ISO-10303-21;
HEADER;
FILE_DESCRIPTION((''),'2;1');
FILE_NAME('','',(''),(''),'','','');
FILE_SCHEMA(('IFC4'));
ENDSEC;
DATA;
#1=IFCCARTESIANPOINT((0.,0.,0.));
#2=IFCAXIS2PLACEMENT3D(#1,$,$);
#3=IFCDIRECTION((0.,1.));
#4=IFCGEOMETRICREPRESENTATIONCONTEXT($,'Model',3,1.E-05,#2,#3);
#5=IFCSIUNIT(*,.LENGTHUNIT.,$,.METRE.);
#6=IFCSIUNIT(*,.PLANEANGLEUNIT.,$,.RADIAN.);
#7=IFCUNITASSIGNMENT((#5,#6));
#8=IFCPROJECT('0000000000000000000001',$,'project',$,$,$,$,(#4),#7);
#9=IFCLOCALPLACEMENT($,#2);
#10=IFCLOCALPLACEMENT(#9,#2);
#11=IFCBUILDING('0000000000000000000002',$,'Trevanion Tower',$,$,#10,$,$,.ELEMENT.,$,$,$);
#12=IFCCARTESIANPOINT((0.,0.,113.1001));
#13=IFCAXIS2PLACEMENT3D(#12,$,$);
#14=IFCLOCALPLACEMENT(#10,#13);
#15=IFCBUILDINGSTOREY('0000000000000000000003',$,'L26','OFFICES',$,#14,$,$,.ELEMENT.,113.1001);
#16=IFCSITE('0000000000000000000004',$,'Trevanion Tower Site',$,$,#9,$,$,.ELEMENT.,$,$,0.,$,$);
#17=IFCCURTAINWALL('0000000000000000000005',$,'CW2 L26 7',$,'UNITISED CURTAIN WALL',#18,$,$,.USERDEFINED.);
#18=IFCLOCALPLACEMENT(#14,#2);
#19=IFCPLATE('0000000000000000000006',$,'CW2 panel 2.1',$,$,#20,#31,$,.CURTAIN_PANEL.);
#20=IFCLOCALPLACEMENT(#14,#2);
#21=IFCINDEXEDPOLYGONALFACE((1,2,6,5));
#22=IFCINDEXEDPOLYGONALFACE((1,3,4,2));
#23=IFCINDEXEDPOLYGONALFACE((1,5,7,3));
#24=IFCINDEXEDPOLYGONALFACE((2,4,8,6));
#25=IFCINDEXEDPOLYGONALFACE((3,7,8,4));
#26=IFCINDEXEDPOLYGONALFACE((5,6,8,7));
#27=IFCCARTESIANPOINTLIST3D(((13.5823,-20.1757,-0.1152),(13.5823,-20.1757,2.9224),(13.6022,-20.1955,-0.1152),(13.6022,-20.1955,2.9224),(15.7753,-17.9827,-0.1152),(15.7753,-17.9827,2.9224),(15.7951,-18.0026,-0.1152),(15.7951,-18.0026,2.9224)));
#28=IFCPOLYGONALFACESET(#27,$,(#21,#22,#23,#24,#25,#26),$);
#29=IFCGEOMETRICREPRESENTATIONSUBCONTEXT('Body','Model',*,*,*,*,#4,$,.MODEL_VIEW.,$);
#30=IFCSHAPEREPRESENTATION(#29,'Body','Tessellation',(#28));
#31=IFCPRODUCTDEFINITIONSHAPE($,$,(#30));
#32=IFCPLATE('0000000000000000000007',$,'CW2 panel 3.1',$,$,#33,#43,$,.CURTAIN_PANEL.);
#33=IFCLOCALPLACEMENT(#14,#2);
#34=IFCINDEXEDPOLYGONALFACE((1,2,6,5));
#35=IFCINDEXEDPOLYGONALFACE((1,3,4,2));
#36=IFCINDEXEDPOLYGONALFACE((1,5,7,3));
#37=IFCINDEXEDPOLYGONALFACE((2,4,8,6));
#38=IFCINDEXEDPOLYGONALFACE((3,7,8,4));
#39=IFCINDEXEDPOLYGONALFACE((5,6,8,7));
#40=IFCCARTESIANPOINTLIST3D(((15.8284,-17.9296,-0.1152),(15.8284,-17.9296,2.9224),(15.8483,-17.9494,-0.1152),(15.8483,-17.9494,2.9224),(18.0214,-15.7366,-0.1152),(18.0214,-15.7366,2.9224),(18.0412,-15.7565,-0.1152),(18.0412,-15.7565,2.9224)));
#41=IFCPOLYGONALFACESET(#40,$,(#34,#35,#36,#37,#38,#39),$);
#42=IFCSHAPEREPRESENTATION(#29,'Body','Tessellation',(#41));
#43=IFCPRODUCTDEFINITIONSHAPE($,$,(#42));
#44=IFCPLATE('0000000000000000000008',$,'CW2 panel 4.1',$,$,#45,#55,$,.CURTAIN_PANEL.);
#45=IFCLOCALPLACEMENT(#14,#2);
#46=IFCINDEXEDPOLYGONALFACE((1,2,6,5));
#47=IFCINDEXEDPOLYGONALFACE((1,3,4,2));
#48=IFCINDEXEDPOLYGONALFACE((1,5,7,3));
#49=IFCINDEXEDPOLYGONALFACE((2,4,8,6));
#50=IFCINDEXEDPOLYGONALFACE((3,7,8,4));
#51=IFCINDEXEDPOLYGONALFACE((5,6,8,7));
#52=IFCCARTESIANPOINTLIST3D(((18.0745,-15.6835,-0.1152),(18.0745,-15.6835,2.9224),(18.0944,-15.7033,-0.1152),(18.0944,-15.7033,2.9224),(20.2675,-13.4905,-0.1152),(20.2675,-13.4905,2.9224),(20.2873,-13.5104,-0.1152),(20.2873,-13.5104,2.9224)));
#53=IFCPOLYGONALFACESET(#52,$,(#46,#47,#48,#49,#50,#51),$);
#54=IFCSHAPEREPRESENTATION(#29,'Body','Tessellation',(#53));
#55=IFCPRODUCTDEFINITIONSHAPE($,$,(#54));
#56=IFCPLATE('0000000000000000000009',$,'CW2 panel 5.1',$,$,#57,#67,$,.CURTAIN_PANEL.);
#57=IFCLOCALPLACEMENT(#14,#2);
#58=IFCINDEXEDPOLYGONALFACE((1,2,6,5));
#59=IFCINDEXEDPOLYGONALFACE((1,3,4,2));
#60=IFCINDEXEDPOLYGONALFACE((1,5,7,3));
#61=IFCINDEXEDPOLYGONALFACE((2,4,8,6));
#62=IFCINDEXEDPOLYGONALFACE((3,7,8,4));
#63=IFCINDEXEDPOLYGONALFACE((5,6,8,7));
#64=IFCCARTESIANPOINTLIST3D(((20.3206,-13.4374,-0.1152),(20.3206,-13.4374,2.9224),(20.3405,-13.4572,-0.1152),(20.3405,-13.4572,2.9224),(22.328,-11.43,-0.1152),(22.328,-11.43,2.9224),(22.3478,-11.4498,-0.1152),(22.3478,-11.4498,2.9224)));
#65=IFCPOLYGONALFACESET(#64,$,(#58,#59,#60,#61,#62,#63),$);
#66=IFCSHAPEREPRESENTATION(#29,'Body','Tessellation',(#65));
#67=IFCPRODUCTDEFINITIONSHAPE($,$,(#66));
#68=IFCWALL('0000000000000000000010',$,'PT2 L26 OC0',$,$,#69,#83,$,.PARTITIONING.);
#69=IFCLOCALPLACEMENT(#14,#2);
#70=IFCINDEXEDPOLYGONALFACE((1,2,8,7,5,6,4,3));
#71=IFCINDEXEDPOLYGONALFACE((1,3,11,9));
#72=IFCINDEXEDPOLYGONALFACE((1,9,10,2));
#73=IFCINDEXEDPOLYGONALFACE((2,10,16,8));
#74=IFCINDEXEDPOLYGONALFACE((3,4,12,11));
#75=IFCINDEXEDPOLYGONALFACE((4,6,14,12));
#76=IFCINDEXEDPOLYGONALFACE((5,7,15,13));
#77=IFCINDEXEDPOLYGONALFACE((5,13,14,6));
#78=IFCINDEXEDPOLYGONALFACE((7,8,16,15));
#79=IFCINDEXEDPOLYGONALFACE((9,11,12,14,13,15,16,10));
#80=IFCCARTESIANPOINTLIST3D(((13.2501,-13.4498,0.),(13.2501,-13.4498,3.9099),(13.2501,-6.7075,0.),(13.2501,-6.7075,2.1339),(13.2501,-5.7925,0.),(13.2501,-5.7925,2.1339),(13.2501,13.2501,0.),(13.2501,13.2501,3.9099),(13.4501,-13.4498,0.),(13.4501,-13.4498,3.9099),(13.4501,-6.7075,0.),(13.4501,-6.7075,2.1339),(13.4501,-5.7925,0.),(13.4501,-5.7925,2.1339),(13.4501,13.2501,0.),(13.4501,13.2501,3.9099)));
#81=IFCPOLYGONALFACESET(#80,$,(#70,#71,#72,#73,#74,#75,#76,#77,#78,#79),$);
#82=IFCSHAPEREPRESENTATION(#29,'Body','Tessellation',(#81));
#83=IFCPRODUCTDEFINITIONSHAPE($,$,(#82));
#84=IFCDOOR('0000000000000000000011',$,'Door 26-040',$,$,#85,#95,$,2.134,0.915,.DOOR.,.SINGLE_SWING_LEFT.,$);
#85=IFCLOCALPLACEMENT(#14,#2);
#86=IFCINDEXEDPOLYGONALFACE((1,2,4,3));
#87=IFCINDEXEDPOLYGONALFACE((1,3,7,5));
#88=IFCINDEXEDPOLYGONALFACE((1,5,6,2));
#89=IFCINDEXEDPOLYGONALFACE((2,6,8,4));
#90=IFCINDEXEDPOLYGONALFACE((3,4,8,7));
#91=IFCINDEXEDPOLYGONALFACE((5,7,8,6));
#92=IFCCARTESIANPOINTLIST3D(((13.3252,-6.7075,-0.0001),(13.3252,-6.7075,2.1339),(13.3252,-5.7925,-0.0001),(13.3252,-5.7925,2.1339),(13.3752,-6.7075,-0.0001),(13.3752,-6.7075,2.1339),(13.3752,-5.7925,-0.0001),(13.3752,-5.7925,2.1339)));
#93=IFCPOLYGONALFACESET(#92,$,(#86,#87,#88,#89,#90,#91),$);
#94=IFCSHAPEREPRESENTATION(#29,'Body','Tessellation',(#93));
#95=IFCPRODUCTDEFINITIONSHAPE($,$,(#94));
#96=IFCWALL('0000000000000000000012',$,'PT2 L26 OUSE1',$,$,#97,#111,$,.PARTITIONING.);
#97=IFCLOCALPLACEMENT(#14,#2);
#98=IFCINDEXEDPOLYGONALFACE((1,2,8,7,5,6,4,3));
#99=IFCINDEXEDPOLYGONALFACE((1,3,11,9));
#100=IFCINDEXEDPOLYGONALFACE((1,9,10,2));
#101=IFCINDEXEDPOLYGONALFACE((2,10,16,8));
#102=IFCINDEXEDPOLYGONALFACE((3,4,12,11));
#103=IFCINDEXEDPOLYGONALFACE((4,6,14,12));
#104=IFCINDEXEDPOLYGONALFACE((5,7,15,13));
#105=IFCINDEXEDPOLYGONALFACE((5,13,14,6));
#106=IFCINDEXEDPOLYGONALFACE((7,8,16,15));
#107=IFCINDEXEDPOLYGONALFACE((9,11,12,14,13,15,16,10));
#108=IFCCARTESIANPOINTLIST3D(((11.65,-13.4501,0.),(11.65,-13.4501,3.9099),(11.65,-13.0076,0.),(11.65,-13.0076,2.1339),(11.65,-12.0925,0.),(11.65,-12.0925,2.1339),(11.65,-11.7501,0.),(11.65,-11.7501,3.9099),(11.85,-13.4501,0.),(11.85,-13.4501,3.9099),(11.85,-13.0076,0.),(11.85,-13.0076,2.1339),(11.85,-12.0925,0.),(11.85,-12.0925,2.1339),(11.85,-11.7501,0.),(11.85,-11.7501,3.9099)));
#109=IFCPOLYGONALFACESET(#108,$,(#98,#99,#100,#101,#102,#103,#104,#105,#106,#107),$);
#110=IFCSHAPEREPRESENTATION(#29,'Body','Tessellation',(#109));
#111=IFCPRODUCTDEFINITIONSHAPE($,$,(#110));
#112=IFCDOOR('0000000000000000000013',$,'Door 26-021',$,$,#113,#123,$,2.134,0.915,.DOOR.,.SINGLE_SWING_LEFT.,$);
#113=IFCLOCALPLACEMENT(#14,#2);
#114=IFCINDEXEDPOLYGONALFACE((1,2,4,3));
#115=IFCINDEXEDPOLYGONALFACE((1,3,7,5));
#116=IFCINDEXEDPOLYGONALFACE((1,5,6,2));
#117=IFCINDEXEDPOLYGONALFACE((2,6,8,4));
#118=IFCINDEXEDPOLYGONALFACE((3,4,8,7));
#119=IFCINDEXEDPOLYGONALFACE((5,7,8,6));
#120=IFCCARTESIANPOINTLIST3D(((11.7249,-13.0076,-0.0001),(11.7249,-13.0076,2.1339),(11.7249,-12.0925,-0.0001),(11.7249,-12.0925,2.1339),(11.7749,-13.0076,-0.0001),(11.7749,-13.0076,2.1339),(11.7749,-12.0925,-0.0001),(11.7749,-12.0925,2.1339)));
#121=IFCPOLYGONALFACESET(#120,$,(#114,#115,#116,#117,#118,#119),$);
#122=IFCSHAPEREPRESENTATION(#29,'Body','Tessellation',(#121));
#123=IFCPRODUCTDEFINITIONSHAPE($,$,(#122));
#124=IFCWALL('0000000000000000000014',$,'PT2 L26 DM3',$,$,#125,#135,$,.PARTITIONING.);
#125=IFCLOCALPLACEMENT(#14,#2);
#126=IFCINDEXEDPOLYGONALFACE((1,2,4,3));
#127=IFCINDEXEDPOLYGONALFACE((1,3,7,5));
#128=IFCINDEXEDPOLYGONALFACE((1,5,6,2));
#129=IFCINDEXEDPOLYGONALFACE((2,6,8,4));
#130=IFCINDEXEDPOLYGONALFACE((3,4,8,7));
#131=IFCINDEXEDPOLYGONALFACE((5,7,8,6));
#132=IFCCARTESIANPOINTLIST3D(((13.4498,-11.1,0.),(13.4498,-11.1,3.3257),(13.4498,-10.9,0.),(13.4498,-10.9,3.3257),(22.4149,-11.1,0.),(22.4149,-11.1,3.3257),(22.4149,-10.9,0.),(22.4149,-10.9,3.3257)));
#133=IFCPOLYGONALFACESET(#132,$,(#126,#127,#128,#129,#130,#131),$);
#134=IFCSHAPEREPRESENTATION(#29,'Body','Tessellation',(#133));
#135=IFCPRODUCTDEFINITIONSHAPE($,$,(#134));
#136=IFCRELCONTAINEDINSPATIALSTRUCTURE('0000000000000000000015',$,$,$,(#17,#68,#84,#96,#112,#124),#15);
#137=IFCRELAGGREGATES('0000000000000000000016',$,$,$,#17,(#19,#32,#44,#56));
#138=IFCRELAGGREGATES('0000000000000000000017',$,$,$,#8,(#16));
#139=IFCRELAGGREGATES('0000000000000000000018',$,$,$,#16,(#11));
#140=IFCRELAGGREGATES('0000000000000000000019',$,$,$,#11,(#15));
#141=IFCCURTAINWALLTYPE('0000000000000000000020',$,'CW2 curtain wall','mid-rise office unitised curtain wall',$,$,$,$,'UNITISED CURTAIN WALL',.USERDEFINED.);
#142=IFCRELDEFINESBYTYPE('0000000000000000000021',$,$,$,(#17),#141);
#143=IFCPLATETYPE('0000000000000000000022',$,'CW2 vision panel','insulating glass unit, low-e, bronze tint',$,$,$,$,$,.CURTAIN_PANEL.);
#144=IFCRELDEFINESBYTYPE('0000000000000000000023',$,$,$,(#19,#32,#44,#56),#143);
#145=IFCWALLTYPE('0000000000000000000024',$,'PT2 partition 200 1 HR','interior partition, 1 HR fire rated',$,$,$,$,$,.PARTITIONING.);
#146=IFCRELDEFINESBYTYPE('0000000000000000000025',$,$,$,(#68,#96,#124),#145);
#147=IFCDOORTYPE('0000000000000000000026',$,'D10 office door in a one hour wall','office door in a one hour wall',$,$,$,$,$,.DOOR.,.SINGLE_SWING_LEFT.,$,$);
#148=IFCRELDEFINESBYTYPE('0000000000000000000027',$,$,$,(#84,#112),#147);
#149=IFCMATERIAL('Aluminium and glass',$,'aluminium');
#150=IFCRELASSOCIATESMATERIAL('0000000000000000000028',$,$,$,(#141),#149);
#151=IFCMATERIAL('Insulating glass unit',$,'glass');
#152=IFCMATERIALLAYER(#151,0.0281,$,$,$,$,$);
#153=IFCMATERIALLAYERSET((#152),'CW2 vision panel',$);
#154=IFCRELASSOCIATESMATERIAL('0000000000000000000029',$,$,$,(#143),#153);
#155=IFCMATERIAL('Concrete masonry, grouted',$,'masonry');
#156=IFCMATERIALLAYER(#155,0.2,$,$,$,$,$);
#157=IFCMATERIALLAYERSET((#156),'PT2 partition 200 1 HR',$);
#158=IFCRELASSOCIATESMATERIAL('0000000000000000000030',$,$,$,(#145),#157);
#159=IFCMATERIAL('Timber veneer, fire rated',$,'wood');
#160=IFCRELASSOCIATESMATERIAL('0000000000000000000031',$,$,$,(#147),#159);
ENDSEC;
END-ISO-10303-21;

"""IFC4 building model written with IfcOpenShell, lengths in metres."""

from ifc_helpers import new_model, si_unit, direction, frame, frame_2d, origin, origin_2d, place, context, subcontext, project, spatial, rectangle, extrude, material, layer, layer_set, type_object, element, fill, aggregate, save


model = new_model("IFC4")

# Units and contexts
model_context = context("Model", 3, precision=1e-05, world=origin(), true_north=direction((0.0, 1.0)))
body_context = subcontext(model_context, "Body", "Model", "MODEL_VIEW")
ifc_project = project(units=[si_unit("LENGTHUNIT", "METRE"), si_unit("PLANEANGLEUNIT", "RADIAN")], contexts=[model_context])

# Site, building, storey
site_placement = place(None, origin())
site = spatial("IfcSite", under=ifc_project, at=site_placement, Name="Trevanion Tower Site", CompositionType="ELEMENT", RefElevation=0.0)
building_placement = place(site_placement, origin())
building = spatial("IfcBuilding", under=site, at=building_placement, Name="Trevanion Tower", CompositionType="ELEMENT")
storey_placement = place(building_placement, frame((0.0, 0.0, 113.1001)))
storey = spatial("IfcBuildingStorey", under=building, at=storey_placement, Name="L26", Description="OFFICES", CompositionType="ELEMENT", Elevation=113.1001)

# Curtain wall
ifc_material_1 = material(Name="Aluminium and glass", Category="aluminium")
curtain_wall_type = type_object("IfcCurtainWallType", Name="CW2 curtain wall", Description="mid-rise office unitised curtain wall", ElementType="UNITISED CURTAIN WALL", PredefinedType="USERDEFINED", material=ifc_material_1)
curtain_wall_placement = place(storey_placement, origin())
curtain_wall = element("IfcCurtainWall", 1, at=curtain_wall_placement, inside=storey, type_object=curtain_wall_type, Name="CW2 L26 7", ObjectType="UNITISED CURTAIN WALL", PredefinedType="USERDEFINED")

# Plates
ifc_material_2 = material(Name="Insulating glass unit", Category="glass")
ifc_layer_1 = layer(ifc_material_2, 0.0281)
ifc_layer_set_1 = layer_set([ifc_layer_1], Name="CW2 vision panel")
plate_type_1 = type_object("IfcPlateType", Name="CW2 vision panel", Description="insulating glass unit, low-e, bronze tint", PredefinedType="CURTAIN_PANEL", material=ifc_layer_set_1)
plate_1_placement = place(storey_placement, frame((14.6887, -19.0891, -0.1152), z_axis=(0.0, 0.0, 1.0), x_axis=(0.707107, 0.707107, 0.0)))
plate_1 = element("IfcPlate", 2, at=plate_1_placement, type_object=plate_type_1, Name="CW2 panel 2.1", PredefinedType="CURTAIN_PANEL", context=body_context, shape_type="SweptSolid", body=[
    extrude(rectangle(XDim=3.1013, YDim=0.0281, at=origin_2d()), origin(), (0.0, 0.0, 1.0), 3.0376),
])
plate_2_placement = place(storey_placement, frame((16.9348, -16.843, -0.1152), z_axis=(0.0, 0.0, 1.0), x_axis=(0.707107, 0.707107, 0.0)))
plate_2 = element("IfcPlate", 3, at=plate_2_placement, type_object=plate_type_1, Name="CW2 panel 3.1", PredefinedType="CURTAIN_PANEL", context=body_context, shape_type="SweptSolid", body=[
    extrude(rectangle(XDim=3.1013, YDim=0.0281, at=origin_2d()), origin(), (0.0, 0.0, 1.0), 3.0376),
])
plate_3_placement = place(storey_placement, frame((19.1809, -14.5969, -0.1152), z_axis=(0.0, 0.0, 1.0), x_axis=(0.707107, 0.707107, 0.0)))
plate_3 = element("IfcPlate", 4, at=plate_3_placement, type_object=plate_type_1, Name="CW2 panel 4.1", PredefinedType="CURTAIN_PANEL", context=body_context, shape_type="SweptSolid", body=[
    extrude(rectangle(XDim=3.1013, YDim=0.0281, at=origin_2d()), origin(), (0.0, 0.0, 1.0), 3.0376),
])
plate_4_placement = place(storey_placement, frame((21.3342, -12.4436, -0.1152), z_axis=(0.0, 0.0, 1.0), x_axis=(0.707107, 0.707107, 0.0)))
plate_4 = element("IfcPlate", 5, at=plate_4_placement, type_object=plate_type_1, Name="CW2 panel 5.1", PredefinedType="CURTAIN_PANEL", context=body_context, shape_type="SweptSolid", body=[
    extrude(rectangle(XDim=2.8389, YDim=0.0281, at=origin_2d()), origin(), (0.0, 0.0, 1.0), 3.0376),
])
aggregate(curtain_wall, [plate_1, plate_2, plate_3, plate_4])

# Walls, openings, doors
ifc_material_3 = material(Name="Concrete masonry, grouted", Category="masonry")
ifc_layer_2 = layer(ifc_material_3, 0.2)
ifc_layer_set_2 = layer_set([ifc_layer_2], Name="PT2 partition 200 1 HR")
wall_type = type_object("IfcWallType", Name="PT2 partition 200 1 HR", Description="interior partition, 1 HR fire rated", PredefinedType="PARTITIONING", material=ifc_layer_set_2)
wall_1_placement = place(storey_placement, frame((13.3501, -13.45, 0.0), z_axis=(0.0, 0.0, 1.0), x_axis=(0.0, 1.0, 0.0)))
wall_1 = element("IfcWall", 6, at=wall_1_placement, inside=storey, type_object=wall_type, Name="PT2 L26 OC0", PredefinedType="PARTITIONING", context=body_context, shape_type="SweptSolid", body=[
    extrude(rectangle(XDim=26.7, YDim=0.2, at=frame_2d((13.3501, 0.0))), origin(), (0.0, 0.0, 1.0), 3.9099),
])
opening_1_placement = place(wall_1_placement, frame((6.7424, 0.0, 0.0)))
opening_1 = element("IfcOpeningElement", 7, at=opening_1_placement, cuts=wall_1, PredefinedType="OPENING", context=body_context, shape_type="SweptSolid", body=[
    extrude(rectangle(XDim=0.915, YDim=2.134, at=frame_2d((0.4575, 1.0669))), frame((0.0, 0.1099, 0.0), z_axis=(0.0, -1.0, 0.0), x_axis=(1.0, 0.0, 0.0)), (0.0, 0.0, 1.0), 0.22),
])
ifc_material_4 = material(Name="Timber veneer, fire rated", Category="wood")
door_type = type_object("IfcDoorType", Name="D10 office door in a one hour wall", Description="office door in a one hour wall", OperationType="SINGLE_SWING_LEFT", PredefinedType="DOOR", material=ifc_material_4)
door_1_placement = place(opening_1_placement, origin())
door_1 = element("IfcDoor", 8, at=door_1_placement, inside=storey, type_object=door_type, Name="Door 26-040", OperationType="SINGLE_SWING_LEFT", OverallHeight=2.134, OverallWidth=0.915, PredefinedType="DOOR", context=body_context, shape_type="SweptSolid", body=[
    extrude(rectangle(XDim=0.915, YDim=2.134, at=frame_2d((0.4575, 1.0669))), frame((0.0, 0.0249, 0.0), z_axis=(0.0, -1.0, 0.0), x_axis=(1.0, 0.0, 0.0)), (0.0, 0.0, 1.0), 0.05),
])
fill(opening_1, door_1)
wall_2_placement = place(storey_placement, frame((11.75, -11.75, 0.0), z_axis=(0.0, 0.0, 1.0), x_axis=(0.0, -1.0, 0.0)))
wall_2 = element("IfcWall", 9, at=wall_2_placement, inside=storey, type_object=wall_type, Name="PT2 L26 OUSE1", PredefinedType="PARTITIONING", context=body_context, shape_type="SweptSolid", body=[
    extrude(rectangle(XDim=1.7, YDim=0.2, at=frame_2d((0.8501, 0.0))), origin(), (0.0, 0.0, 1.0), 3.9099),
])
opening_2_placement = place(wall_2_placement, frame((0.3425, 0.0, 0.0)))
opening_2 = element("IfcOpeningElement", 10, at=opening_2_placement, cuts=wall_2, PredefinedType="OPENING", context=body_context, shape_type="SweptSolid", body=[
    extrude(rectangle(XDim=0.915, YDim=2.134, at=frame_2d((0.4575, 1.0669))), frame((0.0, 0.1099, 0.0), z_axis=(0.0, -1.0, 0.0), x_axis=(1.0, 0.0, 0.0)), (0.0, 0.0, 1.0), 0.22),
])
door_2_placement = place(opening_2_placement, origin())
door_2 = element("IfcDoor", 11, at=door_2_placement, inside=storey, type_object=door_type, Name="Door 26-021", OperationType="SINGLE_SWING_LEFT", OverallHeight=2.134, OverallWidth=0.915, PredefinedType="DOOR", context=body_context, shape_type="SweptSolid", body=[
    extrude(rectangle(XDim=0.915, YDim=2.134, at=frame_2d((0.4575, 1.0669))), frame((0.0, 0.0249, 0.0), z_axis=(0.0, -1.0, 0.0), x_axis=(1.0, 0.0, 0.0)), (0.0, 0.0, 1.0), 0.05),
])
fill(opening_2, door_2)

# Wall
wall_3_placement = place(storey_placement, frame((13.45, -11.0, 0.0), z_axis=(0.0, 0.0, 1.0), x_axis=(1.0, 0.0, 0.0)))
element("IfcWall", 12, at=wall_3_placement, inside=storey, type_object=wall_type, Name="PT2 L26 DM3", PredefinedType="PARTITIONING", context=body_context, shape_type="SweptSolid", body=[
    extrude(rectangle(XDim=8.9651, YDim=0.2, at=frame_2d((4.4824, 0.0))), origin(), (0.0, 0.0, 1.0), 3.3257),
])

save(model, "model.ifc")
